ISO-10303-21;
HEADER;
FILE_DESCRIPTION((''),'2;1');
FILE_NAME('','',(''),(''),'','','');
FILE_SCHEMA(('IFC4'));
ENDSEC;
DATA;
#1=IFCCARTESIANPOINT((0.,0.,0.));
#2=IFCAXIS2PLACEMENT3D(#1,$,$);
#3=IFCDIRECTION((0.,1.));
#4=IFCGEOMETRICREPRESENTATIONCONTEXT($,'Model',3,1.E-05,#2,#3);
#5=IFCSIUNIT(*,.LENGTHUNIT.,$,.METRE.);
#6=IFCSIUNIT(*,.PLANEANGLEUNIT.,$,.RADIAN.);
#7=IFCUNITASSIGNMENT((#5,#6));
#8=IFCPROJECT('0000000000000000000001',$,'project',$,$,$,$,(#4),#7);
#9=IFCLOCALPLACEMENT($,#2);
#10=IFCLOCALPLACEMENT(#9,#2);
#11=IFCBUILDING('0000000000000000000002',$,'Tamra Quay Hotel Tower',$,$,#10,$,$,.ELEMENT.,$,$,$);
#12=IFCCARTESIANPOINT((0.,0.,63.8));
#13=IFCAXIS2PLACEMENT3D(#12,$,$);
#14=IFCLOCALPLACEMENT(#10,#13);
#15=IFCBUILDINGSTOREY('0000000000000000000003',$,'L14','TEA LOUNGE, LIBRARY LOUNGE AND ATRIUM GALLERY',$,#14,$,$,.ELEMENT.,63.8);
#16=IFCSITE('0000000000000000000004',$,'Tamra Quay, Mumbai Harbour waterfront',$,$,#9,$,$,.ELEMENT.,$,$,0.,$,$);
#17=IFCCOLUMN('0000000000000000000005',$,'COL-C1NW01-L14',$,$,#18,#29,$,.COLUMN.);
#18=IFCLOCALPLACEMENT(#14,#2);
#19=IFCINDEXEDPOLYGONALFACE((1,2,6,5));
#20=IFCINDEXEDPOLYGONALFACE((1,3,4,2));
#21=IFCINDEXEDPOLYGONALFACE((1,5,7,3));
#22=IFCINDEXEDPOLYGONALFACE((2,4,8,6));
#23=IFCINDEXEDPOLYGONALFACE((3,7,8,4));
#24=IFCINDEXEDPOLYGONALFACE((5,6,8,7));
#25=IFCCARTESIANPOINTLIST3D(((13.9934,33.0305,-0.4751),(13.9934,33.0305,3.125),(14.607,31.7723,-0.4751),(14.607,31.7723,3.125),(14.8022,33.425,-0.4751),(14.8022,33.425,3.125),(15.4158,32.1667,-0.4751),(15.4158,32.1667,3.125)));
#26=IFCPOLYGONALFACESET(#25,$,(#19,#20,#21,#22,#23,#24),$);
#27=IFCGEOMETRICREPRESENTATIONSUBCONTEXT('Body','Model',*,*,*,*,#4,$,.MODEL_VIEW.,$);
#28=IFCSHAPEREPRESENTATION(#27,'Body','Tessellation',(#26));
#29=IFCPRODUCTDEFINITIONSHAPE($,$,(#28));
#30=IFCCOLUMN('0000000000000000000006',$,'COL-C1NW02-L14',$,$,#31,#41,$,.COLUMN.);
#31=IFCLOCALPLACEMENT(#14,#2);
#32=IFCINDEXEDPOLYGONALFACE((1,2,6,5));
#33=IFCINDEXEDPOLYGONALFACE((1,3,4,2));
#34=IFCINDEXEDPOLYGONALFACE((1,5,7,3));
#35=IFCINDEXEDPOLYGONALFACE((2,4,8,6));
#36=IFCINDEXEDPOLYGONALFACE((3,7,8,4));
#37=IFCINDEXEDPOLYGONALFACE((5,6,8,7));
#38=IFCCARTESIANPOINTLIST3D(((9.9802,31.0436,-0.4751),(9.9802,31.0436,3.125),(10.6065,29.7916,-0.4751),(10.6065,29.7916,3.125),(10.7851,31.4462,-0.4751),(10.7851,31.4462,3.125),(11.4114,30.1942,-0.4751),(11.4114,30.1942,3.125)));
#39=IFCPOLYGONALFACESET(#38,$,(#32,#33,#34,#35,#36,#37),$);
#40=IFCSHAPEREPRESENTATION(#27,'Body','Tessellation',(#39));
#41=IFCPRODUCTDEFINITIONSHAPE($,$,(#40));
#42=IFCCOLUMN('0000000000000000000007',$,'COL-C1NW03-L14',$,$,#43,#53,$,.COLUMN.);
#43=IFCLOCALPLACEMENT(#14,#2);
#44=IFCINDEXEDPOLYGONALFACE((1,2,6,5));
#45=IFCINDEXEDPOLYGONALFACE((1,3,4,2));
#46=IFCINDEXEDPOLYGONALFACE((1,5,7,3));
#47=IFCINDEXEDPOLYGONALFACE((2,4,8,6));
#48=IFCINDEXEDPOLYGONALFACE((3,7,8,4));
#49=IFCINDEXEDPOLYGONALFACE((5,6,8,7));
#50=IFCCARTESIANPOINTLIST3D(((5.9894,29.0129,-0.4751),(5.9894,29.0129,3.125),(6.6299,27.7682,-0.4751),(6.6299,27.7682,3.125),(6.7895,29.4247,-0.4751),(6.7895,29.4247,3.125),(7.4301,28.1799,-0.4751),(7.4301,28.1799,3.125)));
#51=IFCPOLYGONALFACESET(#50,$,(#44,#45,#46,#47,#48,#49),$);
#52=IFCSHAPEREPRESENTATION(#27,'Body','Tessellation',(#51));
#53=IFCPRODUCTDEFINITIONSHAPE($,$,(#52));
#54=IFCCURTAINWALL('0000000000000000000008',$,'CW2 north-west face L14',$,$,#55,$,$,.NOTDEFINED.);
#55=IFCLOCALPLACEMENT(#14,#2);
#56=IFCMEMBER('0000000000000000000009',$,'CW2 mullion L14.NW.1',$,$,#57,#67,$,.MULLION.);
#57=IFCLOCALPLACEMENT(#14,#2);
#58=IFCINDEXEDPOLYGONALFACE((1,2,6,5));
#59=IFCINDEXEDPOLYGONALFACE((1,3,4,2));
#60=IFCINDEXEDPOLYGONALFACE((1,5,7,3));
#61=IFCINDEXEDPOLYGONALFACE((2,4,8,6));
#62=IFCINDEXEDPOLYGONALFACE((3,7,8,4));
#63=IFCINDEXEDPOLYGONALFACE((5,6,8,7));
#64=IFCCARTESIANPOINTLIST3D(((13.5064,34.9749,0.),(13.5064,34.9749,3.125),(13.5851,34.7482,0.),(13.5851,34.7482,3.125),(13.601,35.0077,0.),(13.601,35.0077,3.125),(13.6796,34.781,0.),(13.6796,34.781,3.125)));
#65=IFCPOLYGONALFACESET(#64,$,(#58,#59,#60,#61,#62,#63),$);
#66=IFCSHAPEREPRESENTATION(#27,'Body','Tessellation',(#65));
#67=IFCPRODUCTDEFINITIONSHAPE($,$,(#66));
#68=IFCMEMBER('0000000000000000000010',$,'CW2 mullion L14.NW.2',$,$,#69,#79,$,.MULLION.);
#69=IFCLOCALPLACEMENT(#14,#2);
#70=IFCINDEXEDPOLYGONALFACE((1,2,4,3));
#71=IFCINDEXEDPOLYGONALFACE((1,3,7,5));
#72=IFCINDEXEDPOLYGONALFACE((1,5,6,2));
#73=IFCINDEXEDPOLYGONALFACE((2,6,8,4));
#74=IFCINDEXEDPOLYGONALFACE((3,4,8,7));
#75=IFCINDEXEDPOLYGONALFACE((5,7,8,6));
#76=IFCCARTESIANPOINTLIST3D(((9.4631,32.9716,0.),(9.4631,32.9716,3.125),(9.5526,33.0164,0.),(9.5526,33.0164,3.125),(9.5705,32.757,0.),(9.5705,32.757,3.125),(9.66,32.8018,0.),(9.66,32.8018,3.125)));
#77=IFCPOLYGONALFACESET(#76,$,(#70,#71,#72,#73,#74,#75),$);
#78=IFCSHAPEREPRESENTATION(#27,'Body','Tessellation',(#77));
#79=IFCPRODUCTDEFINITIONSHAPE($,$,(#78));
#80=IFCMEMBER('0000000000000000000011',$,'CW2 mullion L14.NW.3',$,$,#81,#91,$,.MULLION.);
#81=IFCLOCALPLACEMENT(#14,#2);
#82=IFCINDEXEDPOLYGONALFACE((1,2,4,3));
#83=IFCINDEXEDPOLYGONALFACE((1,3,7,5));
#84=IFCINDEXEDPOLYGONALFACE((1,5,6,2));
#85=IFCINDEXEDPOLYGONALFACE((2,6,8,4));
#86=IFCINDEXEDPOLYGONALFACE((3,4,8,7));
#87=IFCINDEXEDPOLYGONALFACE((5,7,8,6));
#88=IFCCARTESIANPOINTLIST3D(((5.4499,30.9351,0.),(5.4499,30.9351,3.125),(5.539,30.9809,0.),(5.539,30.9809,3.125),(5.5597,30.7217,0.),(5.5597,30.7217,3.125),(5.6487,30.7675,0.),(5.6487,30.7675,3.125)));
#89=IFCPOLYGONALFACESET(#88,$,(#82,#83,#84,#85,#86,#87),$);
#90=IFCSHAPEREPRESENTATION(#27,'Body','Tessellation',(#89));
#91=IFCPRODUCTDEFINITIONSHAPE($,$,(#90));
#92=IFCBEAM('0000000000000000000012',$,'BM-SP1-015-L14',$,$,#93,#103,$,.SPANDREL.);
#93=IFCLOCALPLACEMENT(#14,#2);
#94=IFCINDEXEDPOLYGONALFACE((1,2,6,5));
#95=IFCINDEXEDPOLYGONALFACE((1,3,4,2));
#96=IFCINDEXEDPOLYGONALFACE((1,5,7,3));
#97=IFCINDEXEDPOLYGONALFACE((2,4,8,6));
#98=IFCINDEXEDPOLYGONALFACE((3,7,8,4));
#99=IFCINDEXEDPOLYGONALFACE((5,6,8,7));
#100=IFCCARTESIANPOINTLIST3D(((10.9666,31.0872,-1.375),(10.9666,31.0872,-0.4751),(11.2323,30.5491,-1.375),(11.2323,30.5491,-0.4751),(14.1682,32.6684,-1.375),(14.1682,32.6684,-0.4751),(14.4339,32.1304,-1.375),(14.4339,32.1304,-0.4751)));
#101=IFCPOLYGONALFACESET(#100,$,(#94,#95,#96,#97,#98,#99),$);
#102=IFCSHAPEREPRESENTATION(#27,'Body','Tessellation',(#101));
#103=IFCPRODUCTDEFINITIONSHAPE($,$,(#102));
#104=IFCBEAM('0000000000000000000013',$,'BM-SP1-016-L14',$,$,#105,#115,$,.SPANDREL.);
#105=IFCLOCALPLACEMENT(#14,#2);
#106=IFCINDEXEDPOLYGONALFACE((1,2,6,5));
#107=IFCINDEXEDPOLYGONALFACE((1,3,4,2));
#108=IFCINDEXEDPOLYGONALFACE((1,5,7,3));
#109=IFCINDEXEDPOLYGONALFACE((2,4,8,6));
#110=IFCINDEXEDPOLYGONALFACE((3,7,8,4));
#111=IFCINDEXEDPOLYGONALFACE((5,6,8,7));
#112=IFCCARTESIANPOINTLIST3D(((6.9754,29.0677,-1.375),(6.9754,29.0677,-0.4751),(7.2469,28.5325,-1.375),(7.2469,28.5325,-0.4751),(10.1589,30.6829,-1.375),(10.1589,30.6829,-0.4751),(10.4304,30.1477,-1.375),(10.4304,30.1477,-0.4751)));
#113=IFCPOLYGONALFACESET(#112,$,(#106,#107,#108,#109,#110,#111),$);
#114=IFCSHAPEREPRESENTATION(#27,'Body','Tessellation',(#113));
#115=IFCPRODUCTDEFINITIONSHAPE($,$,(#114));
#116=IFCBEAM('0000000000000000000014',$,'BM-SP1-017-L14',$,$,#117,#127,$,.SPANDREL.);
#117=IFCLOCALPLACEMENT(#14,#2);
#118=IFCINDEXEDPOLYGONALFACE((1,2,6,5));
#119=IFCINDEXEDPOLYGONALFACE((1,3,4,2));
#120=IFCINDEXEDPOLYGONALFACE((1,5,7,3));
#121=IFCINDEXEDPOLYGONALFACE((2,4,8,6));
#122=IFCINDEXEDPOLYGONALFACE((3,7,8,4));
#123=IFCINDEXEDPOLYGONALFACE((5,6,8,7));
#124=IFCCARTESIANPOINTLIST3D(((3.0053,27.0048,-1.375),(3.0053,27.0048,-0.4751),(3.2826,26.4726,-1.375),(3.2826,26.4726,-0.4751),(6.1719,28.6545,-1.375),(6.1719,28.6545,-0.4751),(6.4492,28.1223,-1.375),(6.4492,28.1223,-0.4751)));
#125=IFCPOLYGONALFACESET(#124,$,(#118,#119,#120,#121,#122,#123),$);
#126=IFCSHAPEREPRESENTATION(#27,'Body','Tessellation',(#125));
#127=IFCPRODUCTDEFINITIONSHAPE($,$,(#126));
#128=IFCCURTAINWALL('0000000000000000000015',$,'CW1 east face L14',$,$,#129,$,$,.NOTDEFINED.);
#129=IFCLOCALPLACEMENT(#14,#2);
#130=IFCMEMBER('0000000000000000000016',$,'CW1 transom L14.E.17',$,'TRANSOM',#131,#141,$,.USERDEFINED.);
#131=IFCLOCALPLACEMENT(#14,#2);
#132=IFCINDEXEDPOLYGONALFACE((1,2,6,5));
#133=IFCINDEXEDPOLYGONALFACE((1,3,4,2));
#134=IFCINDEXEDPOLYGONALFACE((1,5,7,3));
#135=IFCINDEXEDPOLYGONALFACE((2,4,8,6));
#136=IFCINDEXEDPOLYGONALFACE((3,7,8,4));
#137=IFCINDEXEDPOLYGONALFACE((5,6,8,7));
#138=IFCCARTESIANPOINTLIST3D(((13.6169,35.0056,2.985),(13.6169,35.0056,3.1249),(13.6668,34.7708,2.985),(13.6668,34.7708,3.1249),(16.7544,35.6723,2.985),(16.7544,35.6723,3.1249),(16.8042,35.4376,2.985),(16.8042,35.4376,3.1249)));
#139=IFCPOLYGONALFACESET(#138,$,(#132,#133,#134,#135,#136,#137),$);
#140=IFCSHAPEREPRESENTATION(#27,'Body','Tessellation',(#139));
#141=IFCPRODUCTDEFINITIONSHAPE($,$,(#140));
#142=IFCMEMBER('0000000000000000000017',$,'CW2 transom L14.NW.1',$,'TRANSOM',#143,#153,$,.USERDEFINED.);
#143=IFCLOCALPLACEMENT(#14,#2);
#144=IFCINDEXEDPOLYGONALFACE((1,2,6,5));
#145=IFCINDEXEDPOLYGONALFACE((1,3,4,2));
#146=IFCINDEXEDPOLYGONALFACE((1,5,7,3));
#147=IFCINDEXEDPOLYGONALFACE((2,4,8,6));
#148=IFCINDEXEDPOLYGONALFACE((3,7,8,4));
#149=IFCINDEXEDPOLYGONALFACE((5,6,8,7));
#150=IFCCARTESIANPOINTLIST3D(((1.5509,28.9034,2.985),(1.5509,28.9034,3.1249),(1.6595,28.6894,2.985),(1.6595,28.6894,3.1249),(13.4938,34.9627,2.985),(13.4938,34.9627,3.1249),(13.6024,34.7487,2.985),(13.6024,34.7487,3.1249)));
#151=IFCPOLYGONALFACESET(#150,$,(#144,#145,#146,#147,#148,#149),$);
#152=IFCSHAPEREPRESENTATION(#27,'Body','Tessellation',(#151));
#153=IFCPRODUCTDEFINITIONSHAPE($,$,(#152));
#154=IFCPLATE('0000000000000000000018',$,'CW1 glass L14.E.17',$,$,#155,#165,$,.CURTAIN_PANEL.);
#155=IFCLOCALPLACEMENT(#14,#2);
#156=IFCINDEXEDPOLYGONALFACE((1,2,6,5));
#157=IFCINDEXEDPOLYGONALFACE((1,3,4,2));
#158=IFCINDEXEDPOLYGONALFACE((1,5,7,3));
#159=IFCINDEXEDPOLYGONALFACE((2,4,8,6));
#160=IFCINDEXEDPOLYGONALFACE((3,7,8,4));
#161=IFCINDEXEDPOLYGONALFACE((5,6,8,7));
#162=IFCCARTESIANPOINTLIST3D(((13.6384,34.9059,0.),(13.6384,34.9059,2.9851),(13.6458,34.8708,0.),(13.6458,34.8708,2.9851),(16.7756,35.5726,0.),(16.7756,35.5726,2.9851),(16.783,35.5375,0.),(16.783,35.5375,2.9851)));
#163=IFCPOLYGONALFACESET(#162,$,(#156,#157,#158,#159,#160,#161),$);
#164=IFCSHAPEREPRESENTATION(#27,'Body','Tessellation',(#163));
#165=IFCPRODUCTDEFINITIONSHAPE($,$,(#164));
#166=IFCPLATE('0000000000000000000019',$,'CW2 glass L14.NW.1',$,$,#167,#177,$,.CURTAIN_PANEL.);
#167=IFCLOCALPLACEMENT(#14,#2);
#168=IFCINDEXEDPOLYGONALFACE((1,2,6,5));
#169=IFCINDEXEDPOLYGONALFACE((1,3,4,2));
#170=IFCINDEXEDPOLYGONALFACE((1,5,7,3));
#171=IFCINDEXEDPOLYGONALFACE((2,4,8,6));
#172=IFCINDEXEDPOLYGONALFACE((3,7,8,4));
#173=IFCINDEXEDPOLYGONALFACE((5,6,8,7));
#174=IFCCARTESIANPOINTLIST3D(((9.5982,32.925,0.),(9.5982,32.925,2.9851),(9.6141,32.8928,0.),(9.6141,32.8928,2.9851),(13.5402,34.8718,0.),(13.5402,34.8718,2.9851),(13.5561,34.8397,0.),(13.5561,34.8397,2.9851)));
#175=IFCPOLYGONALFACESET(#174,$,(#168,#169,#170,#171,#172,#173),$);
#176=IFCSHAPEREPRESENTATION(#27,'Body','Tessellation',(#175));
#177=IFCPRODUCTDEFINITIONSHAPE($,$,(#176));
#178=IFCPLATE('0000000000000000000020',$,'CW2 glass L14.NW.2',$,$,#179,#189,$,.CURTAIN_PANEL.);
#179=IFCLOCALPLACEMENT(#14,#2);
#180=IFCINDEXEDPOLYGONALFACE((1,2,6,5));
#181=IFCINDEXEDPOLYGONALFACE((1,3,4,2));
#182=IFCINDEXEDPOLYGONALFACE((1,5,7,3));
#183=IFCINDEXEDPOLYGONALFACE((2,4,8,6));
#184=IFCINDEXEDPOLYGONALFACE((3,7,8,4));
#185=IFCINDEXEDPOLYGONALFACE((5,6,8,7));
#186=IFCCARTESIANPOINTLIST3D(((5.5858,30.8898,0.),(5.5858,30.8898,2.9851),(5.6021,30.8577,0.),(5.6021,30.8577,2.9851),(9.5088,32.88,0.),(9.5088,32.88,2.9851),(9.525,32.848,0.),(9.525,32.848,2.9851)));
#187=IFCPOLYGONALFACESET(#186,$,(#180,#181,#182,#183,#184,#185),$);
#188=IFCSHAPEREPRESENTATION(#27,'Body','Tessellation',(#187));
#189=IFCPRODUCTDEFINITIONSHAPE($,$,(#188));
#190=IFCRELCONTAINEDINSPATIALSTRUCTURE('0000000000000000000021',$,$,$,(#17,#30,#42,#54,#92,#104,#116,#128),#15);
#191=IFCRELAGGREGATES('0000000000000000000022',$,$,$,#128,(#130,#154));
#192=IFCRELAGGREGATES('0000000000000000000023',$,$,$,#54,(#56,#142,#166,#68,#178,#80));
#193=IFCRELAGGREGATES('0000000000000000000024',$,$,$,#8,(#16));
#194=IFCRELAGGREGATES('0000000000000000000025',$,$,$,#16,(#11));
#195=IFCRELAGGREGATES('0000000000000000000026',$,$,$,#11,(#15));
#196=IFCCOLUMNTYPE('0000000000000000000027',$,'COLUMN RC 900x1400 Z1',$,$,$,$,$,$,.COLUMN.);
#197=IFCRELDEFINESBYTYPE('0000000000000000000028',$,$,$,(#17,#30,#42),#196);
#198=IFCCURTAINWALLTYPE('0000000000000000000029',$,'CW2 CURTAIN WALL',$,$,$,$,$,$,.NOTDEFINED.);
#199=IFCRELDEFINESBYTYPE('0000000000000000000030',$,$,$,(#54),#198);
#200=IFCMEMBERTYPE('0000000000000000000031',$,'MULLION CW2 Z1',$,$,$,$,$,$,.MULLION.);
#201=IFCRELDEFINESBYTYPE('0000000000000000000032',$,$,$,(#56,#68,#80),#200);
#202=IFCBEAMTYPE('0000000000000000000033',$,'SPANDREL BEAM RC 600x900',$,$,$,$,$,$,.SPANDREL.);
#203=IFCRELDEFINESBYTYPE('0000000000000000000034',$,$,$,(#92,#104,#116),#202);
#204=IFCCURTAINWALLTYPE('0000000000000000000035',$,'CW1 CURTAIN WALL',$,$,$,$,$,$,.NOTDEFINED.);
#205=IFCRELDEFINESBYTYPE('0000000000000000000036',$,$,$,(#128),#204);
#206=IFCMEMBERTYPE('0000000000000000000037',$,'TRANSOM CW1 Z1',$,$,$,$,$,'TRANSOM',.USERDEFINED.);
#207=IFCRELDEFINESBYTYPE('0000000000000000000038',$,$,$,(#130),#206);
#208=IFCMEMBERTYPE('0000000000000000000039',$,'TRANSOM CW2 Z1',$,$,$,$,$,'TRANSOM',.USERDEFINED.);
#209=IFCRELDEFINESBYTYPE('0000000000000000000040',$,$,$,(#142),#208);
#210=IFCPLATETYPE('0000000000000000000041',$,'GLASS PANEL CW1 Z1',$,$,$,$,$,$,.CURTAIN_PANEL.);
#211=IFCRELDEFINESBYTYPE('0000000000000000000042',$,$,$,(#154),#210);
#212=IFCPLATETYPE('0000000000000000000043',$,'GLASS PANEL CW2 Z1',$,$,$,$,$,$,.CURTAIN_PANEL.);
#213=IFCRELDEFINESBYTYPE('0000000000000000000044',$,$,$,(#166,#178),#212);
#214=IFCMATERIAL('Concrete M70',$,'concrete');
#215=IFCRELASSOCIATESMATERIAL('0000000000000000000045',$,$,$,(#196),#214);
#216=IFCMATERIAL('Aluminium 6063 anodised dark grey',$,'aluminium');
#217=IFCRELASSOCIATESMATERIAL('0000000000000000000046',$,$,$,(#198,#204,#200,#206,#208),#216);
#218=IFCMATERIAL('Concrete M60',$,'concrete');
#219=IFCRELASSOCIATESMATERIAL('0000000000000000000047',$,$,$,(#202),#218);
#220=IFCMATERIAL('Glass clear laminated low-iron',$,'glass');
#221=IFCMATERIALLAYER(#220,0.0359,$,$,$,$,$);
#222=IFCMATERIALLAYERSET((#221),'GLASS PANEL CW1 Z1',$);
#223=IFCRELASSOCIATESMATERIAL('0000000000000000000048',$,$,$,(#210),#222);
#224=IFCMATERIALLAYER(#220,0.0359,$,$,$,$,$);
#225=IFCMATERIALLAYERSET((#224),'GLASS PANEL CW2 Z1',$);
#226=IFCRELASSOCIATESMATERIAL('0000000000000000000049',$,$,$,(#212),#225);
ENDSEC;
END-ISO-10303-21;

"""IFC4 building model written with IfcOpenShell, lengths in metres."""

from ifc_helpers import new_model, si_unit, direction, frame, origin, origin_2d, place, context, subcontext, project, spatial, rectangle, extrude, material, layer, layer_set, material_profile, profile_set, type_object, element, aggregate, save


model = new_model("IFC4")

# Units and contexts
model_context = context("Model", 3, precision=1e-05, world=origin(), true_north=direction((0.0, 1.0)))
body_context = subcontext(model_context, "Body", "Model", "MODEL_VIEW")
ifc_project = project(units=[si_unit("LENGTHUNIT", "METRE"), si_unit("PLANEANGLEUNIT", "RADIAN")], contexts=[model_context])

# Site, building, storey
site_placement = place(None, origin())
site = spatial("IfcSite", under=ifc_project, at=site_placement, Name="Tamra Quay, Mumbai Harbour waterfront", CompositionType="ELEMENT", RefElevation=0.0)
building_placement = place(site_placement, origin())
building = spatial("IfcBuilding", under=site, at=building_placement, Name="Tamra Quay Hotel Tower", CompositionType="ELEMENT")
storey_placement = place(building_placement, frame((0.0, 0.0, 63.8)))
storey = spatial("IfcBuildingStorey", under=building, at=storey_placement, Name="L14", Description="TEA LOUNGE, LIBRARY LOUNGE AND ATRIUM GALLERY", CompositionType="ELEMENT", Elevation=63.8)

# Columns
ifc_material_1 = material(Name="Concrete M70", Category="concrete")
ifc_material_profile_1 = material_profile(ifc_material_1, rectangle(XDim=1.3999, YDim=0.8999, at=origin_2d()), Name="COLUMN RC 900x1400 Z1")
ifc_profile_set_1 = profile_set([ifc_material_profile_1], Name="Concrete M70")
column_type = type_object("IfcColumnType", Name="COLUMN RC 900x1400 Z1", PredefinedType="COLUMN", material=ifc_profile_set_1)
for number, where, z_axis, x_axis, name in (
    (1, (14.7046, 32.5986, -0.4751), (0.0, 0.0, 1.0), (-0.438341, 0.898809, 0.0), "COL-C1NW01-L14"),
    (2, (10.6958, 30.6189, -0.4751), (0.0, 0.0, 1.0), (-0.447377, 0.894346, 0.0), "COL-C1NW02-L14"),
    (3, (6.7097, 28.5964, -0.4751), (0.0, 0.0, 1.0), (-0.457548, 0.889185, 0.0), "COL-C1NW03-L14"),
):
    element("IfcColumn", number, at=place(storey_placement, frame(where, z_axis=z_axis, x_axis=x_axis)), inside=storey, type_object=column_type, Name=name, PredefinedType="COLUMN", context=body_context, shape_type="SweptSolid", body=[
        extrude(rectangle(XDim=1.3999, YDim=0.8999, at=origin_2d()), origin(), (0.0, 0.0, 1.0), 3.6001),
    ])

# Curtain wall, members
ifc_material_2 = material(Name="Aluminium 6063 anodised dark grey", Category="aluminium")
curtain_wall_type_1 = type_object("IfcCurtainWallType", Name="CW2 CURTAIN WALL", PredefinedType="NOTDEFINED", material=ifc_material_2)
curtain_wall_1_placement = place(storey_placement, origin())
curtain_wall_1 = element("IfcCurtainWall", 4, at=curtain_wall_1_placement, inside=storey, type_object=curtain_wall_type_1, Name="CW2 north-west face L14", PredefinedType="NOTDEFINED")
ifc_material_profile_2 = material_profile(ifc_material_2, rectangle(XDim=0.24, YDim=0.1001, at=origin_2d()), Name="MULLION 100X240")
ifc_profile_set_2 = profile_set([ifc_material_profile_2], Name="Aluminium 6063 anodised dark grey")
member_type_1 = type_object("IfcMemberType", Name="MULLION CW2 Z1", PredefinedType="MULLION", material=ifc_profile_set_2)
member_1_placement = place(storey_placement, frame((13.593, 34.8779, 0.0), z_axis=(0.0, 0.0, 1.0), x_axis=(-0.327898, 0.944713, 0.0)))
member_1 = element("IfcMember", 5, at=member_1_placement, type_object=member_type_1, Name="CW2 mullion L14.NW.1", PredefinedType="MULLION", context=body_context, shape_type="SweptSolid", body=[
    extrude(rectangle(XDim=0.24, YDim=0.1001, at=origin_2d()), origin(), (0.0, 0.0, 1.0), 3.125),
])
member_2_placement = place(storey_placement, frame((9.5615, 32.8867, 0.0), z_axis=(0.0, 0.0, 1.0), x_axis=(-0.447641, 0.894213, 0.0)))
member_2 = element("IfcMember", 6, at=member_2_placement, type_object=member_type_1, Name="CW2 mullion L14.NW.2", PredefinedType="MULLION", context=body_context, shape_type="SweptSolid", body=[
    extrude(rectangle(XDim=0.24, YDim=0.1001, at=origin_2d()), origin(), (0.0, 0.0, 1.0), 3.125),
])
member_3_placement = place(storey_placement, frame((5.5493, 30.8513, 0.0), z_axis=(0.0, 0.0, 1.0), x_axis=(-0.457254, 0.889336, 0.0)))
member_3 = element("IfcMember", 7, at=member_3_placement, type_object=member_type_1, Name="CW2 mullion L14.NW.3", PredefinedType="MULLION", context=body_context, shape_type="SweptSolid", body=[
    extrude(rectangle(XDim=0.24, YDim=0.1001, at=origin_2d()), origin(), (0.0, 0.0, 1.0), 3.125),
])

# Beams
ifc_material_3 = material(Name="Concrete M60", Category="concrete")
ifc_material_profile_3 = material_profile(ifc_material_3, rectangle(XDim=0.6001, YDim=0.8999, at=origin_2d()), Name="SPANDREL BEAM RC 600x900")
ifc_profile_set_3 = profile_set([ifc_material_profile_3], Name="Concrete M60")
beam_type = type_object("IfcBeamType", Name="SPANDREL BEAM RC 600x900", PredefinedType="SPANDREL", material=ifc_profile_set_3)
beam_1_placement = place(storey_placement, frame((14.301, 32.3994, -0.925), z_axis=(-0.896604, -0.442833, 0.0), x_axis=(0.442833, -0.896604, 0.0)))
element("IfcBeam", 8, at=beam_1_placement, inside=storey, type_object=beam_type, Name="BM-SP1-015-L14", PredefinedType="SPANDREL", context=body_context, shape_type="SweptSolid", body=[
    extrude(rectangle(XDim=0.6001, YDim=0.8999, at=origin_2d()), origin(), (0.0, 0.0, 1.0), 3.5708),
])
beam_2_placement = place(storey_placement, frame((10.2947, 30.4153, -0.925), z_axis=(-0.891786, -0.452458, 0.0), x_axis=(0.452458, -0.891786, 0.0)))
element("IfcBeam", 9, at=beam_2_placement, inside=storey, type_object=beam_type, Name="BM-SP1-016-L14", PredefinedType="SPANDREL", context=body_context, shape_type="SweptSolid", body=[
    extrude(rectangle(XDim=0.6001, YDim=0.8999, at=origin_2d()), origin(), (0.0, 0.0, 1.0), 3.5698),
])
beam_3_placement = place(storey_placement, frame((6.3105, 28.3884, -0.925), z_axis=(-0.886864, -0.462031, 0.0), x_axis=(0.462031, -0.886864, 0.0)))
element("IfcBeam", 10, at=beam_3_placement, inside=storey, type_object=beam_type, Name="BM-SP1-017-L14", PredefinedType="SPANDREL", context=body_context, shape_type="SweptSolid", body=[
    extrude(rectangle(XDim=0.6001, YDim=0.8999, at=origin_2d()), origin(), (0.0, 0.0, 1.0), 3.5706),
])

# Curtain wall, member
curtain_wall_type_2 = type_object("IfcCurtainWallType", Name="CW1 CURTAIN WALL", PredefinedType="NOTDEFINED", material=ifc_material_2)
curtain_wall_2_placement = place(storey_placement, origin())
curtain_wall_2 = element("IfcCurtainWall", 11, at=curtain_wall_2_placement, inside=storey, type_object=curtain_wall_type_2, Name="CW1 east face L14", PredefinedType="NOTDEFINED")
ifc_material_profile_4 = material_profile(ifc_material_2, rectangle(XDim=0.24, YDim=0.1399, at=origin_2d()), Name="TRANSOM 240X140")
ifc_profile_set_4 = profile_set([ifc_material_profile_4], Name="Aluminium 6063 anodised dark grey")
member_type_2 = type_object("IfcMemberType", Name="TRANSOM CW1 Z1", ElementType="TRANSOM", PredefinedType="USERDEFINED", material=ifc_profile_set_4)
member_4_placement = place(storey_placement, frame((16.7793, 35.5549, 3.0549), z_axis=(-0.978156, -0.207871, 0.0), x_axis=(0.207871, -0.978156, 0.0)))
member_4 = element("IfcMember", 12, at=member_4_placement, type_object=member_type_2, Name="CW1 transom L14.E.17", ObjectType="TRANSOM", PredefinedType="USERDEFINED", context=body_context, shape_type="SweptSolid", body=[
    extrude(rectangle(XDim=0.24, YDim=0.1399, at=origin_2d()), origin(), (0.0, 0.0, 1.0), 3.2075),
])

# Member
ifc_material_profile_5 = material_profile(ifc_material_2, rectangle(XDim=0.24, YDim=0.1399, at=origin_2d()), Name="TRANSOM 240X140")
ifc_profile_set_5 = profile_set([ifc_material_profile_5], Name="Aluminium 6063 anodised dark grey")
member_type_3 = type_object("IfcMemberType", Name="TRANSOM CW2 Z1", ElementType="TRANSOM", PredefinedType="USERDEFINED", material=ifc_profile_set_5)
member_5_placement = place(storey_placement, frame((13.5481, 34.8557, 3.0549), z_axis=(-0.891787, -0.452456, 0.0), x_axis=(0.452456, -0.891787, 0.0)))
member_5 = element("IfcMember", 13, at=member_5_placement, type_object=member_type_3, Name="CW2 transom L14.NW.1", ObjectType="TRANSOM", PredefinedType="USERDEFINED", context=body_context, shape_type="SweptSolid", body=[
    extrude(rectangle(XDim=0.24, YDim=0.1399, at=origin_2d()), origin(), (0.0, 0.0, 1.0), 13.3921),
])

# Plates
ifc_material_4 = material(Name="Glass clear laminated low-iron", Category="glass")
ifc_layer_1 = layer(ifc_material_4, 0.0359)
ifc_layer_set_1 = layer_set([ifc_layer_1], Name="GLASS PANEL CW1 Z1")
plate_type_1 = type_object("IfcPlateType", Name="GLASS PANEL CW1 Z1", PredefinedType="CURTAIN_PANEL", material=ifc_layer_set_1)
plate_1_placement = place(storey_placement, frame((15.2107, 35.2217, 0.0), z_axis=(0.0, 0.0, 1.0), x_axis=(-0.978153, -0.207887, 0.0)))
plate_1 = element("IfcPlate", 14, at=plate_1_placement, type_object=plate_type_1, Name="CW1 glass L14.E.17", PredefinedType="CURTAIN_PANEL", context=body_context, shape_type="SweptSolid", body=[
    extrude(rectangle(XDim=3.2073, YDim=0.0359, at=origin_2d()), origin(), (0.0, 0.0, 1.0), 2.9851),
])
aggregate(curtain_wall_2, [member_4, plate_1])
ifc_layer_2 = layer(ifc_material_4, 0.0359)
ifc_layer_set_2 = layer_set([ifc_layer_2], Name="GLASS PANEL CW2 Z1")
plate_type_2 = type_object("IfcPlateType", Name="GLASS PANEL CW2 Z1", PredefinedType="CURTAIN_PANEL", material=ifc_layer_set_2)
plate_2_placement = place(storey_placement, frame((11.5771, 33.8823, 0.0), z_axis=(0.0, 0.0, 1.0), x_axis=(-0.896611, -0.442819, 0.0)))
plate_2 = element("IfcPlate", 15, at=plate_2_placement, type_object=plate_type_2, Name="CW2 glass L14.NW.1", PredefinedType="CURTAIN_PANEL", context=body_context, shape_type="SweptSolid", body=[
    extrude(rectangle(XDim=4.3965, YDim=0.0359, at=origin_2d()), origin(), (0.0, 0.0, 1.0), 2.9851),
])
plate_3_placement = place(storey_placement, frame((7.5554, 31.8689, 0.0), z_axis=(0.0, 0.0, 1.0), x_axis=(-0.89179, -0.45245, 0.0)))
plate_3 = element("IfcPlate", 16, at=plate_3_placement, type_object=plate_type_2, Name="CW2 glass L14.NW.2", PredefinedType="CURTAIN_PANEL", context=body_context, shape_type="SweptSolid", body=[
    extrude(rectangle(XDim=4.3989, YDim=0.0359, at=origin_2d()), origin(), (0.0, 0.0, 1.0), 2.9851),
])
aggregate(curtain_wall_1, [member_1, member_5, plate_2, member_2, plate_3, member_3])

save(model, "model.ifc")
